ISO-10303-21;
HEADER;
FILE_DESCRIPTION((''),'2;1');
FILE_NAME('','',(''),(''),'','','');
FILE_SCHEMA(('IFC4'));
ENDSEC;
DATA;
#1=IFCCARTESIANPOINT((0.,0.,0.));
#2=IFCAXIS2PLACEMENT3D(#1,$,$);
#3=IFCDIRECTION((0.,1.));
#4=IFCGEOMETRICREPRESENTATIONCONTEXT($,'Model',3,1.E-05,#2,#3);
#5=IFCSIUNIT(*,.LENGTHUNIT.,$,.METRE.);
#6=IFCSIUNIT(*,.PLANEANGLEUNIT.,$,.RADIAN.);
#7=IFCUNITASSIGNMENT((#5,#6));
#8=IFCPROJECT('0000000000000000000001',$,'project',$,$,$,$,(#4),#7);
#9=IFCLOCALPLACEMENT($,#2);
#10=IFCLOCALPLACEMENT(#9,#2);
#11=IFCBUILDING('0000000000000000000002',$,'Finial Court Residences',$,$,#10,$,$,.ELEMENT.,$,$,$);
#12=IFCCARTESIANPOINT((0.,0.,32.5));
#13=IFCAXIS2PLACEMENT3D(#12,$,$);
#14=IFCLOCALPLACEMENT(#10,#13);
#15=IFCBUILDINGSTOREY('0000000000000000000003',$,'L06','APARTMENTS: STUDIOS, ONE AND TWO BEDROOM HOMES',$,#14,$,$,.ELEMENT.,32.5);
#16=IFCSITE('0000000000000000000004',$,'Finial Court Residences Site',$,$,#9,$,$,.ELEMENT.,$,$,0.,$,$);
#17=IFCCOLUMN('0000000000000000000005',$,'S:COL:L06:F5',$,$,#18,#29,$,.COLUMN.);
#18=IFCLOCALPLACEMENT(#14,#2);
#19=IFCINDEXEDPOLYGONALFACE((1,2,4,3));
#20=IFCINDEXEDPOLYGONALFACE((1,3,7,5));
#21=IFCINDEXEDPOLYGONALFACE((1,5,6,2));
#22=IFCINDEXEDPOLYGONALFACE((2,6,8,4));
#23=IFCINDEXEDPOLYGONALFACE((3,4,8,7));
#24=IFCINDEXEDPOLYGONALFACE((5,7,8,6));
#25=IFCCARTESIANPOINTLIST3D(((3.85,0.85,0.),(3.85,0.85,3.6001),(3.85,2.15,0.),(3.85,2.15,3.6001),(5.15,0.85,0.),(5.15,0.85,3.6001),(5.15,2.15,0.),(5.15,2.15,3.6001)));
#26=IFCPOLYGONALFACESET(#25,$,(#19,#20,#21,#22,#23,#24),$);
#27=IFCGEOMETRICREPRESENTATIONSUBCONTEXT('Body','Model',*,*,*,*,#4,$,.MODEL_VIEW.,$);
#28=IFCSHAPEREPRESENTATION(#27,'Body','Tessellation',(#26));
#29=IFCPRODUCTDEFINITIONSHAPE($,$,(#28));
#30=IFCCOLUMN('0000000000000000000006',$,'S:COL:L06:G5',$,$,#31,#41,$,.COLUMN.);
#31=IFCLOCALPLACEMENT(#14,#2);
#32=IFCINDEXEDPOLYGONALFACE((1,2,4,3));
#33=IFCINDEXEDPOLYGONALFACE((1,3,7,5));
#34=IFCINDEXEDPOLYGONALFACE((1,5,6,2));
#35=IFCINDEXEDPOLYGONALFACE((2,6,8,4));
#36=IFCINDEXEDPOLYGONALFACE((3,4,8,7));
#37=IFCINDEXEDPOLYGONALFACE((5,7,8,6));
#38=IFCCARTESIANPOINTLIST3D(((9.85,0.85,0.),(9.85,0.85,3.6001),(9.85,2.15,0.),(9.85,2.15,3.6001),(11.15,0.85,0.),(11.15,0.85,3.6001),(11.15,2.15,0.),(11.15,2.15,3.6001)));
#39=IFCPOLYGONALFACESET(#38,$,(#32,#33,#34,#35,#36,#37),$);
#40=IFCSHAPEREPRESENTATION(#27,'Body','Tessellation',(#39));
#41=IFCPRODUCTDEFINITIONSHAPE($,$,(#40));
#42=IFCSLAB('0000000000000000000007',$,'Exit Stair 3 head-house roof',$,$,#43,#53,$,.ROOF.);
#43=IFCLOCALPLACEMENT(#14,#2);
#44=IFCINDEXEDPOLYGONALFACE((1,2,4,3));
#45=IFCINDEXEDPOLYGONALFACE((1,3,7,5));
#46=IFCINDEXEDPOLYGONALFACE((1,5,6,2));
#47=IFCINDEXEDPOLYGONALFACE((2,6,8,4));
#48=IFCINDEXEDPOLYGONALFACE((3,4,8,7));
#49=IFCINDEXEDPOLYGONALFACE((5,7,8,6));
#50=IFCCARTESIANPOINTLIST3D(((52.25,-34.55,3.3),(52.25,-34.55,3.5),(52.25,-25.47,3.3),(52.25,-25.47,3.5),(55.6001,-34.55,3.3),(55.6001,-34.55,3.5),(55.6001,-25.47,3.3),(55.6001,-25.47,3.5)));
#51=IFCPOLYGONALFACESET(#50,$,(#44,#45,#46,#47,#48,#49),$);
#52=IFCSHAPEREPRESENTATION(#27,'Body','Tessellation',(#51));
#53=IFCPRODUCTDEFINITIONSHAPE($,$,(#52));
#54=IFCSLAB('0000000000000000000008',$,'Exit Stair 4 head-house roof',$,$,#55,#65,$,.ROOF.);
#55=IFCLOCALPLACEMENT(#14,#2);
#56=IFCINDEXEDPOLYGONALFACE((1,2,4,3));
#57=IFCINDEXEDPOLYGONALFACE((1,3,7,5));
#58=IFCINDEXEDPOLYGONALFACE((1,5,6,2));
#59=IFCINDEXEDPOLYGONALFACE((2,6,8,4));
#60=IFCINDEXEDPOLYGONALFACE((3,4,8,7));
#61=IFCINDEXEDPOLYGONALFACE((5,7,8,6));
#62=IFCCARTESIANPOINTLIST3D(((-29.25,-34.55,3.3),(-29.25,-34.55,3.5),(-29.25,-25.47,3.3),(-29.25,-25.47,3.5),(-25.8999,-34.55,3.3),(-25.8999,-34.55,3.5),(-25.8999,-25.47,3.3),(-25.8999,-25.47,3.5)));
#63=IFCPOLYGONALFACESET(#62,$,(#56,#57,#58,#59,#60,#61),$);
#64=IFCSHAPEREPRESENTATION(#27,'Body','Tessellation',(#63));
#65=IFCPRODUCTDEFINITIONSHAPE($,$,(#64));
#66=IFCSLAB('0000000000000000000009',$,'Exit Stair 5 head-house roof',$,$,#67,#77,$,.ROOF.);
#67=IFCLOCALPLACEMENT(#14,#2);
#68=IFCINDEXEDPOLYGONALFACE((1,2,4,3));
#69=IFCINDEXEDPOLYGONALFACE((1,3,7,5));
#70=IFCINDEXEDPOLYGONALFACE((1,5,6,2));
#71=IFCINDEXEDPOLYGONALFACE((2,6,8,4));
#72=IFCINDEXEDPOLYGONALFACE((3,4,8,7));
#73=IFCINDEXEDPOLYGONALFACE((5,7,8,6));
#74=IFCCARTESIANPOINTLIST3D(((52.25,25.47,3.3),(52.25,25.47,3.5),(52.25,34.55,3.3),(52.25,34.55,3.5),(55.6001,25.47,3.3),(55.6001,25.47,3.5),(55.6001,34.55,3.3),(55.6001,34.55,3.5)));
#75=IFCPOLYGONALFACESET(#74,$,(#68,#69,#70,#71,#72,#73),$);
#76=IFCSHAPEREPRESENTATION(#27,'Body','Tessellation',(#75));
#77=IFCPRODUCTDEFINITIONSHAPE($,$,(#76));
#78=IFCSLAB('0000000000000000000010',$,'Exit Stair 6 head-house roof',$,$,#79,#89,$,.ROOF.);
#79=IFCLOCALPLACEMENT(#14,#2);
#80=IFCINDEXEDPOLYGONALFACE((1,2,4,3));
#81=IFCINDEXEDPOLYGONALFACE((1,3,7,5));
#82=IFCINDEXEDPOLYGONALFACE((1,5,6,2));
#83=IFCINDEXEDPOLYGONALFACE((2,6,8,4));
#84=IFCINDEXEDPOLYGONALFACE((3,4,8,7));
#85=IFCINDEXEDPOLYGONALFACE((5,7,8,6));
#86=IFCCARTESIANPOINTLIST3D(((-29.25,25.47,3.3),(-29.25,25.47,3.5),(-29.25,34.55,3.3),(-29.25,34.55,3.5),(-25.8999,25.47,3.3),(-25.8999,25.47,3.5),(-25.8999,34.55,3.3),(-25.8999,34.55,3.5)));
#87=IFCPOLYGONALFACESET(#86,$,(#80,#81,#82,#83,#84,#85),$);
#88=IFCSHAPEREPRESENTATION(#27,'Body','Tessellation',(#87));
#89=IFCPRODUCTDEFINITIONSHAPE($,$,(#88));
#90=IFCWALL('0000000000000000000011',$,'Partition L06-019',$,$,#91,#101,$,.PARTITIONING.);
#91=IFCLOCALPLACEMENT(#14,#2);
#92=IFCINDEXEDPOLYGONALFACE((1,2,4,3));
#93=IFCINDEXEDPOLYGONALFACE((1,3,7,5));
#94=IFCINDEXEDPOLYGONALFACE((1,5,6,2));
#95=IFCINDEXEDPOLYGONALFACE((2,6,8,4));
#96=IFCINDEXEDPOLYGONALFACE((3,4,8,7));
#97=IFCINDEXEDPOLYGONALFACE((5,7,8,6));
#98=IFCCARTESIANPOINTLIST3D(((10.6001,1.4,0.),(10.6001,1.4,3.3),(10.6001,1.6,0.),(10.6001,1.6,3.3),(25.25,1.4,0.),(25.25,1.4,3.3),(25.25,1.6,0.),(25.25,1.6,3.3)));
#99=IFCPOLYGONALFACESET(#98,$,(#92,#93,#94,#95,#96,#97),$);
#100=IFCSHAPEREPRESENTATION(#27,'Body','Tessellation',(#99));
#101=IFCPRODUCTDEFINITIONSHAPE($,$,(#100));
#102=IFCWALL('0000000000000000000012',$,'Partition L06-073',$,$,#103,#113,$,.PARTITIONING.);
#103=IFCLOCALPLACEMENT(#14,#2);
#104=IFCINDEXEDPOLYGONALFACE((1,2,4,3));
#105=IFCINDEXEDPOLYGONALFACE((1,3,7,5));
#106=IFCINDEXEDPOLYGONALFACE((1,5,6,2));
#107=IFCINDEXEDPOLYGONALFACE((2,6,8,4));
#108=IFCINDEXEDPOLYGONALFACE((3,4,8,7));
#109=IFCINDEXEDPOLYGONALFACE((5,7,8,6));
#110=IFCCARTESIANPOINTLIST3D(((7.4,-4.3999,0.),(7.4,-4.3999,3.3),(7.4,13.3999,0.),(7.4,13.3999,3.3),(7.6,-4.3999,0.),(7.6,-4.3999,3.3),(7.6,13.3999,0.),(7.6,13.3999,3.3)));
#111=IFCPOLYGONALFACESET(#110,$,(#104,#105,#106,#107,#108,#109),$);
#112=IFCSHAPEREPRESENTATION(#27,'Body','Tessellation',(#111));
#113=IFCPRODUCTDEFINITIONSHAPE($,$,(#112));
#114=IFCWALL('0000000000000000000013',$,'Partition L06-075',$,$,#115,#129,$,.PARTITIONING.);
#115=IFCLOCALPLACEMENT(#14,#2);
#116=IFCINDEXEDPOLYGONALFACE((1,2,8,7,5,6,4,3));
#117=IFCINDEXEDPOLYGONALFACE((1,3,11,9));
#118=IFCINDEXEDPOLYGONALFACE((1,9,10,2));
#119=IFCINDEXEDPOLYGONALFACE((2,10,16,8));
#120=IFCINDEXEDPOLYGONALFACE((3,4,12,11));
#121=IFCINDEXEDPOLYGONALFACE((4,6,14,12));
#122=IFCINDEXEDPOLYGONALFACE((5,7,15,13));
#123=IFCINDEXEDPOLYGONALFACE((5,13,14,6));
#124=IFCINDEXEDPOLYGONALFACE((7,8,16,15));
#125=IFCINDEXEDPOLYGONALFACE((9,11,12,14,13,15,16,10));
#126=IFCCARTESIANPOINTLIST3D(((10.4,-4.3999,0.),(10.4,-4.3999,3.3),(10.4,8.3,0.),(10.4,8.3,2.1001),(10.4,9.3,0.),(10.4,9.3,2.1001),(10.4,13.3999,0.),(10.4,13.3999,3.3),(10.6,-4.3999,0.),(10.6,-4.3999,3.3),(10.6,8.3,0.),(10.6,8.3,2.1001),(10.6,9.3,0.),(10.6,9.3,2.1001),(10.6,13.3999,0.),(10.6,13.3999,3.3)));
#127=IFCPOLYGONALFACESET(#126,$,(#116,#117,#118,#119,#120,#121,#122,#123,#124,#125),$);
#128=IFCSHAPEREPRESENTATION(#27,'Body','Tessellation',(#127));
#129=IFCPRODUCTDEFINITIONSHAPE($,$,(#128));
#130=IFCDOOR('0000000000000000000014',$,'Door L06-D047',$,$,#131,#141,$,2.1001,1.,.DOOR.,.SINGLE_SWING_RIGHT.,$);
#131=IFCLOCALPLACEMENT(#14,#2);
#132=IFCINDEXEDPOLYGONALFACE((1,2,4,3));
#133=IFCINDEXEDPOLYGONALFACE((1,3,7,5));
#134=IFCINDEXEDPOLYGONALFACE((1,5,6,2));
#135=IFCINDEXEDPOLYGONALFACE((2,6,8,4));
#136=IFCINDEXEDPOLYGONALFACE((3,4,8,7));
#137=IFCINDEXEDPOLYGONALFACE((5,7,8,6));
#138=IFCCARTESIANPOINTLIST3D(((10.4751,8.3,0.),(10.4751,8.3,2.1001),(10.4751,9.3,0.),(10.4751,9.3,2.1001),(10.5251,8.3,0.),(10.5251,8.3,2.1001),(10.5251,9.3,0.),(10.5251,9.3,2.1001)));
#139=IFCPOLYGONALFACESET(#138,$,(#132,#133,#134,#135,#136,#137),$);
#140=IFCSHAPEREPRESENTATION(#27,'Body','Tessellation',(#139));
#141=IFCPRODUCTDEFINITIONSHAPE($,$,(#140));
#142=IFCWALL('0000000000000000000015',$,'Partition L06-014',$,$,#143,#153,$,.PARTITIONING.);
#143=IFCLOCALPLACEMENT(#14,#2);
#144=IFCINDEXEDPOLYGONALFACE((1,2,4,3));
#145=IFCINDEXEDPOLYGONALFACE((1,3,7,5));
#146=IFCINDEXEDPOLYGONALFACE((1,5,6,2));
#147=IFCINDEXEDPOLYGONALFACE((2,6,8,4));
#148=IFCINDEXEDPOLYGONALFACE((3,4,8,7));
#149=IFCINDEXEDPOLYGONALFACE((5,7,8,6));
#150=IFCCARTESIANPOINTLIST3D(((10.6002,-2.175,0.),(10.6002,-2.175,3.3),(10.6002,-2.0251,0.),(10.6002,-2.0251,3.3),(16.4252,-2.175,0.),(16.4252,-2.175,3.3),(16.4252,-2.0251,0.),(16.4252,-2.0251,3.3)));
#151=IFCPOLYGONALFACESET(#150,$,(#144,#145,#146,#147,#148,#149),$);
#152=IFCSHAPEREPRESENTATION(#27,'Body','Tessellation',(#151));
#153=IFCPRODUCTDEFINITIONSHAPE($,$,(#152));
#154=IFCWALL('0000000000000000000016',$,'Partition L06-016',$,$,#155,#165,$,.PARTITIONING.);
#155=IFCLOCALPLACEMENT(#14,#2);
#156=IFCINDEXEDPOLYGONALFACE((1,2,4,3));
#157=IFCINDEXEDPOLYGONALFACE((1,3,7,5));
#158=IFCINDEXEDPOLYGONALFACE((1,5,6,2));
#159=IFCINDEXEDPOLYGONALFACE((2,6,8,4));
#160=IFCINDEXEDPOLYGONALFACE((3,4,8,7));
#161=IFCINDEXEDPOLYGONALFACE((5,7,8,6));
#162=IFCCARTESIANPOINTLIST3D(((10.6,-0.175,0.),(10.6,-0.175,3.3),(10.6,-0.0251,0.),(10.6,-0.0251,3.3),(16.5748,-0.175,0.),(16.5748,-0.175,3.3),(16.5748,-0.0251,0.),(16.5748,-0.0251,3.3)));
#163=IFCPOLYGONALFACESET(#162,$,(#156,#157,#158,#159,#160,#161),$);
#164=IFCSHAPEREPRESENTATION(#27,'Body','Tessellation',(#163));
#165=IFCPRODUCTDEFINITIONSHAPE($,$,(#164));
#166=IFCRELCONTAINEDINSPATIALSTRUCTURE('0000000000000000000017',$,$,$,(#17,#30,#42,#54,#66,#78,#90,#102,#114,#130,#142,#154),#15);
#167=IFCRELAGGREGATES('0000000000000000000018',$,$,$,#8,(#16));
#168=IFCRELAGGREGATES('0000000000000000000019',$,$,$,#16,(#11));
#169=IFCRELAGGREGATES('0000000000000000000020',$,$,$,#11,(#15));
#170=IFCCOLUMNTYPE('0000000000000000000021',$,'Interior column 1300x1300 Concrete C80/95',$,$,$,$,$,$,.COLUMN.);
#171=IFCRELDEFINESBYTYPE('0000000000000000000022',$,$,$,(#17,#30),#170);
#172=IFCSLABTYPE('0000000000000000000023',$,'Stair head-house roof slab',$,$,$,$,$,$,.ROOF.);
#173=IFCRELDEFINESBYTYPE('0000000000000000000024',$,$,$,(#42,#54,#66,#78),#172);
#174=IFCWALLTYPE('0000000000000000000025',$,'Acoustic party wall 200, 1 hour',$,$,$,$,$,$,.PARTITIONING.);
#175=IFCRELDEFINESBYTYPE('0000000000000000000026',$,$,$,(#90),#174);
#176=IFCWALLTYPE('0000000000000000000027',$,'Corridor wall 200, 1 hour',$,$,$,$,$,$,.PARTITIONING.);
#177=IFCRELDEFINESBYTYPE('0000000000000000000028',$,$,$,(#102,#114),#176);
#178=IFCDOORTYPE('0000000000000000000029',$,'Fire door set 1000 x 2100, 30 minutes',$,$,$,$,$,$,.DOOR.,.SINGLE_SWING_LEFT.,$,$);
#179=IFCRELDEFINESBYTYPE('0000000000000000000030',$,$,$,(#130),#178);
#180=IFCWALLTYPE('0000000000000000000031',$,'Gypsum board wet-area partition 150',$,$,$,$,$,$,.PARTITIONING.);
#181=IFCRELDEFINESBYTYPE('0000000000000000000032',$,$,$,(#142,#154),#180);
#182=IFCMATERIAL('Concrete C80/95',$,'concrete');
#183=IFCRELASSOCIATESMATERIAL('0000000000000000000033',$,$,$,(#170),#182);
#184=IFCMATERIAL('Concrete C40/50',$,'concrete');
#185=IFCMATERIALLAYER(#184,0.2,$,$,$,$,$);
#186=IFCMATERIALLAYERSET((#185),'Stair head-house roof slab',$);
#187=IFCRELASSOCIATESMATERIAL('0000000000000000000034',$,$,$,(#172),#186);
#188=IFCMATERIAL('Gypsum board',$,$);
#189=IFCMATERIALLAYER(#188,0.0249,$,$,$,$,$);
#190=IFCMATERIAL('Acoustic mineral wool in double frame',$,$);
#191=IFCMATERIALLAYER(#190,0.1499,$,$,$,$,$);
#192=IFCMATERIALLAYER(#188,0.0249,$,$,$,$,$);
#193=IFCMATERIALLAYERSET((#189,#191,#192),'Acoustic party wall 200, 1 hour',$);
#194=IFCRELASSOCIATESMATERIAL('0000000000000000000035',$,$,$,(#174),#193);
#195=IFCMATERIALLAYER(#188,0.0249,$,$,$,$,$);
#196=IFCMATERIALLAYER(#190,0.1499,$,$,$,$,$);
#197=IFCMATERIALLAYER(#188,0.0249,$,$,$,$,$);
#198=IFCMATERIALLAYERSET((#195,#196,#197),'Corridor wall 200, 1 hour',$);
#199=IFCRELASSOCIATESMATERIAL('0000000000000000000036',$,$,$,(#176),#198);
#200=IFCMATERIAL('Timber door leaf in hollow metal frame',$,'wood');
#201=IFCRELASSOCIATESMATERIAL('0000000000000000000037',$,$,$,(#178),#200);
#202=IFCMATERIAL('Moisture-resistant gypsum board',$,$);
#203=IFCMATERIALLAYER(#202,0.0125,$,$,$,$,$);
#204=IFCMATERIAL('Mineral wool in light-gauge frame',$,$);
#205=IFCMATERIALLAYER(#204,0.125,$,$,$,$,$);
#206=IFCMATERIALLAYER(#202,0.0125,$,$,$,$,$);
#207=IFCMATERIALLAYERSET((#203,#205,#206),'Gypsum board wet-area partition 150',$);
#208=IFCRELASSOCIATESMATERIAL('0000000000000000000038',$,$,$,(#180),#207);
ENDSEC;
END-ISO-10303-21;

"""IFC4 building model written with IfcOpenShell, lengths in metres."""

from ifc_helpers import new_model, si_unit, direction, frame, frame_2d, origin, origin_2d, place, context, subcontext, project, spatial, polyline, rectangle, outline, extrude, material, layer, layer_set, material_profile, profile_set, type_object, element, fill, save


model = new_model("IFC4")

# Units and contexts
model_context = context("Model", 3, precision=1e-05, world=origin(), true_north=direction((0.0, 1.0)))
body_context = subcontext(model_context, "Body", "Model", "MODEL_VIEW")
ifc_project = project(units=[si_unit("LENGTHUNIT", "METRE"), si_unit("PLANEANGLEUNIT", "RADIAN")], contexts=[model_context])

# Site, building, storey
site_placement = place(None, origin())
site = spatial("IfcSite", under=ifc_project, at=site_placement, Name="Finial Court Residences Site", CompositionType="ELEMENT", RefElevation=0.0)
building_placement = place(site_placement, origin())
building = spatial("IfcBuilding", under=site, at=building_placement, Name="Finial Court Residences", CompositionType="ELEMENT")
storey_placement = place(building_placement, frame((0.0, 0.0, 32.5)))
storey = spatial("IfcBuildingStorey", under=building, at=storey_placement, Name="L06", Description="APARTMENTS: STUDIOS, ONE AND TWO BEDROOM HOMES", CompositionType="ELEMENT", Elevation=32.5)

# Columns
ifc_material_1 = material(Name="Concrete C80/95", Category="concrete")
ifc_material_profile = material_profile(ifc_material_1, rectangle(XDim=1.3, YDim=1.3, at=origin_2d()), Name="1300x1300")
ifc_profile_set = profile_set([ifc_material_profile], Name="Concrete C80/95")
column_type = type_object("IfcColumnType", Name="Interior column 1300x1300 Concrete C80/95", PredefinedType="COLUMN", material=ifc_profile_set)
for number, where, z_axis, x_axis, name in (
    (1, (4.5, 1.5, 0.0), (0.0, 0.0, 1.0), (1.0, 0.0, 0.0), "S:COL:L06:F5"),
    (2, (10.5, 1.5, 0.0), (0.0, 0.0, 1.0), (1.0, 0.0, 0.0), "S:COL:L06:G5"),
):
    element("IfcColumn", number, at=place(storey_placement, frame(where, z_axis=z_axis, x_axis=x_axis)), inside=storey, type_object=column_type, Name=name, PredefinedType="COLUMN", context=body_context, shape_type="SweptSolid", body=[
        extrude(rectangle(XDim=1.3, YDim=1.3, at=origin_2d()), origin(), (0.0, 0.0, 1.0), 3.6001),
    ])

# Shared definitions
ifc_material_2 = material(Name="Concrete C40/50", Category="concrete")

# Slabs
ifc_layer_1 = layer(ifc_material_2, 0.2)
ifc_layer_set_1 = layer_set([ifc_layer_1], Name="Stair head-house roof slab")
slab_type_1 = type_object("IfcSlabType", Name="Stair head-house roof slab", PredefinedType="ROOF", material=ifc_layer_set_1)
slab_1_placement = place(storey_placement, frame((0.0, 0.0, 3.3)))
element("IfcSlab", 3, at=slab_1_placement, inside=storey, type_object=slab_type_1, Name="Exit Stair 3 head-house roof", PredefinedType="ROOF", context=body_context, shape_type="SweptSolid", body=[
    extrude(outline(polyline([(52.25, -34.55), (55.6001, -34.55), (55.6001, -25.47), (52.25, -25.47), (52.25, -34.55)])), origin(), (0.0, 0.0, 1.0), 0.2),
])
slab_2_placement = place(storey_placement, frame((0.0, 0.0, 3.3)))
element("IfcSlab", 4, at=slab_2_placement, inside=storey, type_object=slab_type_1, Name="Exit Stair 4 head-house roof", PredefinedType="ROOF", context=body_context, shape_type="SweptSolid", body=[
    extrude(outline(polyline([(-29.25, -34.55), (-25.8999, -34.55), (-25.8999, -25.47), (-29.25, -25.47), (-29.25, -34.55)])), origin(), (0.0, 0.0, 1.0), 0.2),
])
slab_3_placement = place(storey_placement, frame((0.0, 0.0, 3.3)))
element("IfcSlab", 5, at=slab_3_placement, inside=storey, type_object=slab_type_1, Name="Exit Stair 5 head-house roof", PredefinedType="ROOF", context=body_context, shape_type="SweptSolid", body=[
    extrude(outline(polyline([(52.25, 25.47), (55.6001, 25.47), (55.6001, 34.55), (52.25, 34.55), (52.25, 25.47)])), origin(), (0.0, 0.0, 1.0), 0.2),
])
slab_4_placement = place(storey_placement, frame((0.0, 0.0, 3.3)))
element("IfcSlab", 6, at=slab_4_placement, inside=storey, type_object=slab_type_1, Name="Exit Stair 6 head-house roof", PredefinedType="ROOF", context=body_context, shape_type="SweptSolid", body=[
    extrude(outline(polyline([(-29.25, 25.47), (-25.8999, 25.47), (-25.8999, 34.55), (-29.25, 34.55), (-29.25, 25.47)])), origin(), (0.0, 0.0, 1.0), 0.2),
])

# Walls
ifc_material_3 = material(Name="Gypsum board")
ifc_layer_2 = layer(ifc_material_3, 0.0249)
ifc_material_4 = material(Name="Acoustic mineral wool in double frame")
ifc_layer_3 = layer(ifc_material_4, 0.1499)
ifc_layer_4 = layer(ifc_material_3, 0.0249)
ifc_layer_set_2 = layer_set([ifc_layer_2, ifc_layer_3, ifc_layer_4], Name="Acoustic party wall 200, 1 hour")
wall_type_1 = type_object("IfcWallType", Name="Acoustic party wall 200, 1 hour", PredefinedType="PARTITIONING", material=ifc_layer_set_2)
wall_1_placement = place(storey_placement, frame((10.6001, 1.5, 0.0), z_axis=(0.0, 0.0, 1.0), x_axis=(1.0, 0.0, 0.0)))
element("IfcWall", 7, at=wall_1_placement, inside=storey, type_object=wall_type_1, Name="Partition L06-019", PredefinedType="PARTITIONING", context=body_context, shape_type="SweptSolid", body=[
    extrude(rectangle(XDim=14.6499, YDim=0.2, at=frame_2d((7.325, 0.0))), origin(), (0.0, 0.0, 1.0), 3.3),
])
ifc_layer_5 = layer(ifc_material_3, 0.0249)
ifc_layer_6 = layer(ifc_material_4, 0.1499)
ifc_layer_7 = layer(ifc_material_3, 0.0249)
ifc_layer_set_3 = layer_set([ifc_layer_5, ifc_layer_6, ifc_layer_7], Name="Corridor wall 200, 1 hour")
wall_type_2 = type_object("IfcWallType", Name="Corridor wall 200, 1 hour", PredefinedType="PARTITIONING", material=ifc_layer_set_3)
wall_2_placement = place(storey_placement, frame((7.5, -4.3999, 0.0), z_axis=(0.0, 0.0, 1.0), x_axis=(0.0, 1.0, 0.0)))
element("IfcWall", 8, at=wall_2_placement, inside=storey, type_object=wall_type_2, Name="Partition L06-073", PredefinedType="PARTITIONING", context=body_context, shape_type="SweptSolid", body=[
    extrude(rectangle(XDim=17.7998, YDim=0.2, at=frame_2d((8.8999, 0.0))), origin(), (0.0, 0.0, 1.0), 3.3),
])

# Wall, opening, door
wall_3_placement = place(storey_placement, frame((10.5, -4.3999, 0.0), z_axis=(0.0, 0.0, 1.0), x_axis=(0.0, 1.0, 0.0)))
wall_3 = element("IfcWall", 9, at=wall_3_placement, inside=storey, type_object=wall_type_2, Name="Partition L06-075", PredefinedType="PARTITIONING", context=body_context, shape_type="SweptSolid", body=[
    extrude(rectangle(XDim=17.7998, YDim=0.2, at=frame_2d((8.8999, 0.0))), origin(), (0.0, 0.0, 1.0), 3.3),
])
opening_1_placement = place(wall_3_placement, frame((12.7, 0.0, 0.0)))
opening_1 = element("IfcOpeningElement", 10, at=opening_1_placement, cuts=wall_3, PredefinedType="OPENING", context=body_context, shape_type="SweptSolid", body=[
    extrude(rectangle(XDim=1.0, YDim=2.1001, at=frame_2d((0.5, 1.05))), frame((0.0, 0.1099, 0.0), z_axis=(0.0, -1.0, 0.0), x_axis=(1.0, 0.0, 0.0)), (0.0, 0.0, 1.0), 0.22),
])
ifc_material_5 = material(Name="Timber door leaf in hollow metal frame", Category="wood")
door_type = type_object("IfcDoorType", Name="Fire door set 1000 x 2100, 30 minutes", OperationType="SINGLE_SWING_LEFT", PredefinedType="DOOR", material=ifc_material_5)
door_placement = place(opening_1_placement, origin())
door = element("IfcDoor", 11, at=door_placement, inside=storey, type_object=door_type, Name="Door L06-D047", OperationType="SINGLE_SWING_RIGHT", OverallHeight=2.1001, OverallWidth=1.0, PredefinedType="DOOR", context=body_context, shape_type="SweptSolid", body=[
    extrude(rectangle(XDim=1.0, YDim=2.1001, at=frame_2d((0.5, 1.05))), frame((0.0, 0.0249, 0.0), z_axis=(0.0, -1.0, 0.0), x_axis=(1.0, 0.0, 0.0)), (0.0, 0.0, 1.0), 0.05),
])
fill(opening_1, door)

# Walls
ifc_material_6 = material(Name="Moisture-resistant gypsum board")
ifc_layer_8 = layer(ifc_material_6, 0.0125)
ifc_material_7 = material(Name="Mineral wool in light-gauge frame")
ifc_layer_9 = layer(ifc_material_7, 0.125)
ifc_layer_10 = layer(ifc_material_6, 0.0125)
ifc_layer_set_4 = layer_set([ifc_layer_8, ifc_layer_9, ifc_layer_10], Name="Gypsum board wet-area partition 150")
wall_type_3 = type_object("IfcWallType", Name="Gypsum board wet-area partition 150", PredefinedType="PARTITIONING", material=ifc_layer_set_4)
wall_4_placement = place(storey_placement, frame((10.6001, -2.1001, 0.0), z_axis=(0.0, 0.0, 1.0), x_axis=(1.0, 0.0, 0.0)))
element("IfcWall", 12, at=wall_4_placement, inside=storey, type_object=wall_type_3, Name="Partition L06-014", PredefinedType="PARTITIONING", context=body_context, shape_type="SweptSolid", body=[
    extrude(rectangle(XDim=5.825, YDim=0.1499, at=frame_2d((2.9126, 0.0))), origin(), (0.0, 0.0, 1.0), 3.3),
])
wall_5_placement = place(storey_placement, frame((10.6001, -0.1001, 0.0), z_axis=(0.0, 0.0, 1.0), x_axis=(1.0, 0.0, 0.0)))
element("IfcWall", 13, at=wall_5_placement, inside=storey, type_object=wall_type_3, Name="Partition L06-016", PredefinedType="PARTITIONING", context=body_context, shape_type="SweptSolid", body=[
    extrude(rectangle(XDim=5.9749, YDim=0.1499, at=frame_2d((2.9873, 0.0))), origin(), (0.0, 0.0, 1.0), 3.3),
])

save(model, "model.ifc")
